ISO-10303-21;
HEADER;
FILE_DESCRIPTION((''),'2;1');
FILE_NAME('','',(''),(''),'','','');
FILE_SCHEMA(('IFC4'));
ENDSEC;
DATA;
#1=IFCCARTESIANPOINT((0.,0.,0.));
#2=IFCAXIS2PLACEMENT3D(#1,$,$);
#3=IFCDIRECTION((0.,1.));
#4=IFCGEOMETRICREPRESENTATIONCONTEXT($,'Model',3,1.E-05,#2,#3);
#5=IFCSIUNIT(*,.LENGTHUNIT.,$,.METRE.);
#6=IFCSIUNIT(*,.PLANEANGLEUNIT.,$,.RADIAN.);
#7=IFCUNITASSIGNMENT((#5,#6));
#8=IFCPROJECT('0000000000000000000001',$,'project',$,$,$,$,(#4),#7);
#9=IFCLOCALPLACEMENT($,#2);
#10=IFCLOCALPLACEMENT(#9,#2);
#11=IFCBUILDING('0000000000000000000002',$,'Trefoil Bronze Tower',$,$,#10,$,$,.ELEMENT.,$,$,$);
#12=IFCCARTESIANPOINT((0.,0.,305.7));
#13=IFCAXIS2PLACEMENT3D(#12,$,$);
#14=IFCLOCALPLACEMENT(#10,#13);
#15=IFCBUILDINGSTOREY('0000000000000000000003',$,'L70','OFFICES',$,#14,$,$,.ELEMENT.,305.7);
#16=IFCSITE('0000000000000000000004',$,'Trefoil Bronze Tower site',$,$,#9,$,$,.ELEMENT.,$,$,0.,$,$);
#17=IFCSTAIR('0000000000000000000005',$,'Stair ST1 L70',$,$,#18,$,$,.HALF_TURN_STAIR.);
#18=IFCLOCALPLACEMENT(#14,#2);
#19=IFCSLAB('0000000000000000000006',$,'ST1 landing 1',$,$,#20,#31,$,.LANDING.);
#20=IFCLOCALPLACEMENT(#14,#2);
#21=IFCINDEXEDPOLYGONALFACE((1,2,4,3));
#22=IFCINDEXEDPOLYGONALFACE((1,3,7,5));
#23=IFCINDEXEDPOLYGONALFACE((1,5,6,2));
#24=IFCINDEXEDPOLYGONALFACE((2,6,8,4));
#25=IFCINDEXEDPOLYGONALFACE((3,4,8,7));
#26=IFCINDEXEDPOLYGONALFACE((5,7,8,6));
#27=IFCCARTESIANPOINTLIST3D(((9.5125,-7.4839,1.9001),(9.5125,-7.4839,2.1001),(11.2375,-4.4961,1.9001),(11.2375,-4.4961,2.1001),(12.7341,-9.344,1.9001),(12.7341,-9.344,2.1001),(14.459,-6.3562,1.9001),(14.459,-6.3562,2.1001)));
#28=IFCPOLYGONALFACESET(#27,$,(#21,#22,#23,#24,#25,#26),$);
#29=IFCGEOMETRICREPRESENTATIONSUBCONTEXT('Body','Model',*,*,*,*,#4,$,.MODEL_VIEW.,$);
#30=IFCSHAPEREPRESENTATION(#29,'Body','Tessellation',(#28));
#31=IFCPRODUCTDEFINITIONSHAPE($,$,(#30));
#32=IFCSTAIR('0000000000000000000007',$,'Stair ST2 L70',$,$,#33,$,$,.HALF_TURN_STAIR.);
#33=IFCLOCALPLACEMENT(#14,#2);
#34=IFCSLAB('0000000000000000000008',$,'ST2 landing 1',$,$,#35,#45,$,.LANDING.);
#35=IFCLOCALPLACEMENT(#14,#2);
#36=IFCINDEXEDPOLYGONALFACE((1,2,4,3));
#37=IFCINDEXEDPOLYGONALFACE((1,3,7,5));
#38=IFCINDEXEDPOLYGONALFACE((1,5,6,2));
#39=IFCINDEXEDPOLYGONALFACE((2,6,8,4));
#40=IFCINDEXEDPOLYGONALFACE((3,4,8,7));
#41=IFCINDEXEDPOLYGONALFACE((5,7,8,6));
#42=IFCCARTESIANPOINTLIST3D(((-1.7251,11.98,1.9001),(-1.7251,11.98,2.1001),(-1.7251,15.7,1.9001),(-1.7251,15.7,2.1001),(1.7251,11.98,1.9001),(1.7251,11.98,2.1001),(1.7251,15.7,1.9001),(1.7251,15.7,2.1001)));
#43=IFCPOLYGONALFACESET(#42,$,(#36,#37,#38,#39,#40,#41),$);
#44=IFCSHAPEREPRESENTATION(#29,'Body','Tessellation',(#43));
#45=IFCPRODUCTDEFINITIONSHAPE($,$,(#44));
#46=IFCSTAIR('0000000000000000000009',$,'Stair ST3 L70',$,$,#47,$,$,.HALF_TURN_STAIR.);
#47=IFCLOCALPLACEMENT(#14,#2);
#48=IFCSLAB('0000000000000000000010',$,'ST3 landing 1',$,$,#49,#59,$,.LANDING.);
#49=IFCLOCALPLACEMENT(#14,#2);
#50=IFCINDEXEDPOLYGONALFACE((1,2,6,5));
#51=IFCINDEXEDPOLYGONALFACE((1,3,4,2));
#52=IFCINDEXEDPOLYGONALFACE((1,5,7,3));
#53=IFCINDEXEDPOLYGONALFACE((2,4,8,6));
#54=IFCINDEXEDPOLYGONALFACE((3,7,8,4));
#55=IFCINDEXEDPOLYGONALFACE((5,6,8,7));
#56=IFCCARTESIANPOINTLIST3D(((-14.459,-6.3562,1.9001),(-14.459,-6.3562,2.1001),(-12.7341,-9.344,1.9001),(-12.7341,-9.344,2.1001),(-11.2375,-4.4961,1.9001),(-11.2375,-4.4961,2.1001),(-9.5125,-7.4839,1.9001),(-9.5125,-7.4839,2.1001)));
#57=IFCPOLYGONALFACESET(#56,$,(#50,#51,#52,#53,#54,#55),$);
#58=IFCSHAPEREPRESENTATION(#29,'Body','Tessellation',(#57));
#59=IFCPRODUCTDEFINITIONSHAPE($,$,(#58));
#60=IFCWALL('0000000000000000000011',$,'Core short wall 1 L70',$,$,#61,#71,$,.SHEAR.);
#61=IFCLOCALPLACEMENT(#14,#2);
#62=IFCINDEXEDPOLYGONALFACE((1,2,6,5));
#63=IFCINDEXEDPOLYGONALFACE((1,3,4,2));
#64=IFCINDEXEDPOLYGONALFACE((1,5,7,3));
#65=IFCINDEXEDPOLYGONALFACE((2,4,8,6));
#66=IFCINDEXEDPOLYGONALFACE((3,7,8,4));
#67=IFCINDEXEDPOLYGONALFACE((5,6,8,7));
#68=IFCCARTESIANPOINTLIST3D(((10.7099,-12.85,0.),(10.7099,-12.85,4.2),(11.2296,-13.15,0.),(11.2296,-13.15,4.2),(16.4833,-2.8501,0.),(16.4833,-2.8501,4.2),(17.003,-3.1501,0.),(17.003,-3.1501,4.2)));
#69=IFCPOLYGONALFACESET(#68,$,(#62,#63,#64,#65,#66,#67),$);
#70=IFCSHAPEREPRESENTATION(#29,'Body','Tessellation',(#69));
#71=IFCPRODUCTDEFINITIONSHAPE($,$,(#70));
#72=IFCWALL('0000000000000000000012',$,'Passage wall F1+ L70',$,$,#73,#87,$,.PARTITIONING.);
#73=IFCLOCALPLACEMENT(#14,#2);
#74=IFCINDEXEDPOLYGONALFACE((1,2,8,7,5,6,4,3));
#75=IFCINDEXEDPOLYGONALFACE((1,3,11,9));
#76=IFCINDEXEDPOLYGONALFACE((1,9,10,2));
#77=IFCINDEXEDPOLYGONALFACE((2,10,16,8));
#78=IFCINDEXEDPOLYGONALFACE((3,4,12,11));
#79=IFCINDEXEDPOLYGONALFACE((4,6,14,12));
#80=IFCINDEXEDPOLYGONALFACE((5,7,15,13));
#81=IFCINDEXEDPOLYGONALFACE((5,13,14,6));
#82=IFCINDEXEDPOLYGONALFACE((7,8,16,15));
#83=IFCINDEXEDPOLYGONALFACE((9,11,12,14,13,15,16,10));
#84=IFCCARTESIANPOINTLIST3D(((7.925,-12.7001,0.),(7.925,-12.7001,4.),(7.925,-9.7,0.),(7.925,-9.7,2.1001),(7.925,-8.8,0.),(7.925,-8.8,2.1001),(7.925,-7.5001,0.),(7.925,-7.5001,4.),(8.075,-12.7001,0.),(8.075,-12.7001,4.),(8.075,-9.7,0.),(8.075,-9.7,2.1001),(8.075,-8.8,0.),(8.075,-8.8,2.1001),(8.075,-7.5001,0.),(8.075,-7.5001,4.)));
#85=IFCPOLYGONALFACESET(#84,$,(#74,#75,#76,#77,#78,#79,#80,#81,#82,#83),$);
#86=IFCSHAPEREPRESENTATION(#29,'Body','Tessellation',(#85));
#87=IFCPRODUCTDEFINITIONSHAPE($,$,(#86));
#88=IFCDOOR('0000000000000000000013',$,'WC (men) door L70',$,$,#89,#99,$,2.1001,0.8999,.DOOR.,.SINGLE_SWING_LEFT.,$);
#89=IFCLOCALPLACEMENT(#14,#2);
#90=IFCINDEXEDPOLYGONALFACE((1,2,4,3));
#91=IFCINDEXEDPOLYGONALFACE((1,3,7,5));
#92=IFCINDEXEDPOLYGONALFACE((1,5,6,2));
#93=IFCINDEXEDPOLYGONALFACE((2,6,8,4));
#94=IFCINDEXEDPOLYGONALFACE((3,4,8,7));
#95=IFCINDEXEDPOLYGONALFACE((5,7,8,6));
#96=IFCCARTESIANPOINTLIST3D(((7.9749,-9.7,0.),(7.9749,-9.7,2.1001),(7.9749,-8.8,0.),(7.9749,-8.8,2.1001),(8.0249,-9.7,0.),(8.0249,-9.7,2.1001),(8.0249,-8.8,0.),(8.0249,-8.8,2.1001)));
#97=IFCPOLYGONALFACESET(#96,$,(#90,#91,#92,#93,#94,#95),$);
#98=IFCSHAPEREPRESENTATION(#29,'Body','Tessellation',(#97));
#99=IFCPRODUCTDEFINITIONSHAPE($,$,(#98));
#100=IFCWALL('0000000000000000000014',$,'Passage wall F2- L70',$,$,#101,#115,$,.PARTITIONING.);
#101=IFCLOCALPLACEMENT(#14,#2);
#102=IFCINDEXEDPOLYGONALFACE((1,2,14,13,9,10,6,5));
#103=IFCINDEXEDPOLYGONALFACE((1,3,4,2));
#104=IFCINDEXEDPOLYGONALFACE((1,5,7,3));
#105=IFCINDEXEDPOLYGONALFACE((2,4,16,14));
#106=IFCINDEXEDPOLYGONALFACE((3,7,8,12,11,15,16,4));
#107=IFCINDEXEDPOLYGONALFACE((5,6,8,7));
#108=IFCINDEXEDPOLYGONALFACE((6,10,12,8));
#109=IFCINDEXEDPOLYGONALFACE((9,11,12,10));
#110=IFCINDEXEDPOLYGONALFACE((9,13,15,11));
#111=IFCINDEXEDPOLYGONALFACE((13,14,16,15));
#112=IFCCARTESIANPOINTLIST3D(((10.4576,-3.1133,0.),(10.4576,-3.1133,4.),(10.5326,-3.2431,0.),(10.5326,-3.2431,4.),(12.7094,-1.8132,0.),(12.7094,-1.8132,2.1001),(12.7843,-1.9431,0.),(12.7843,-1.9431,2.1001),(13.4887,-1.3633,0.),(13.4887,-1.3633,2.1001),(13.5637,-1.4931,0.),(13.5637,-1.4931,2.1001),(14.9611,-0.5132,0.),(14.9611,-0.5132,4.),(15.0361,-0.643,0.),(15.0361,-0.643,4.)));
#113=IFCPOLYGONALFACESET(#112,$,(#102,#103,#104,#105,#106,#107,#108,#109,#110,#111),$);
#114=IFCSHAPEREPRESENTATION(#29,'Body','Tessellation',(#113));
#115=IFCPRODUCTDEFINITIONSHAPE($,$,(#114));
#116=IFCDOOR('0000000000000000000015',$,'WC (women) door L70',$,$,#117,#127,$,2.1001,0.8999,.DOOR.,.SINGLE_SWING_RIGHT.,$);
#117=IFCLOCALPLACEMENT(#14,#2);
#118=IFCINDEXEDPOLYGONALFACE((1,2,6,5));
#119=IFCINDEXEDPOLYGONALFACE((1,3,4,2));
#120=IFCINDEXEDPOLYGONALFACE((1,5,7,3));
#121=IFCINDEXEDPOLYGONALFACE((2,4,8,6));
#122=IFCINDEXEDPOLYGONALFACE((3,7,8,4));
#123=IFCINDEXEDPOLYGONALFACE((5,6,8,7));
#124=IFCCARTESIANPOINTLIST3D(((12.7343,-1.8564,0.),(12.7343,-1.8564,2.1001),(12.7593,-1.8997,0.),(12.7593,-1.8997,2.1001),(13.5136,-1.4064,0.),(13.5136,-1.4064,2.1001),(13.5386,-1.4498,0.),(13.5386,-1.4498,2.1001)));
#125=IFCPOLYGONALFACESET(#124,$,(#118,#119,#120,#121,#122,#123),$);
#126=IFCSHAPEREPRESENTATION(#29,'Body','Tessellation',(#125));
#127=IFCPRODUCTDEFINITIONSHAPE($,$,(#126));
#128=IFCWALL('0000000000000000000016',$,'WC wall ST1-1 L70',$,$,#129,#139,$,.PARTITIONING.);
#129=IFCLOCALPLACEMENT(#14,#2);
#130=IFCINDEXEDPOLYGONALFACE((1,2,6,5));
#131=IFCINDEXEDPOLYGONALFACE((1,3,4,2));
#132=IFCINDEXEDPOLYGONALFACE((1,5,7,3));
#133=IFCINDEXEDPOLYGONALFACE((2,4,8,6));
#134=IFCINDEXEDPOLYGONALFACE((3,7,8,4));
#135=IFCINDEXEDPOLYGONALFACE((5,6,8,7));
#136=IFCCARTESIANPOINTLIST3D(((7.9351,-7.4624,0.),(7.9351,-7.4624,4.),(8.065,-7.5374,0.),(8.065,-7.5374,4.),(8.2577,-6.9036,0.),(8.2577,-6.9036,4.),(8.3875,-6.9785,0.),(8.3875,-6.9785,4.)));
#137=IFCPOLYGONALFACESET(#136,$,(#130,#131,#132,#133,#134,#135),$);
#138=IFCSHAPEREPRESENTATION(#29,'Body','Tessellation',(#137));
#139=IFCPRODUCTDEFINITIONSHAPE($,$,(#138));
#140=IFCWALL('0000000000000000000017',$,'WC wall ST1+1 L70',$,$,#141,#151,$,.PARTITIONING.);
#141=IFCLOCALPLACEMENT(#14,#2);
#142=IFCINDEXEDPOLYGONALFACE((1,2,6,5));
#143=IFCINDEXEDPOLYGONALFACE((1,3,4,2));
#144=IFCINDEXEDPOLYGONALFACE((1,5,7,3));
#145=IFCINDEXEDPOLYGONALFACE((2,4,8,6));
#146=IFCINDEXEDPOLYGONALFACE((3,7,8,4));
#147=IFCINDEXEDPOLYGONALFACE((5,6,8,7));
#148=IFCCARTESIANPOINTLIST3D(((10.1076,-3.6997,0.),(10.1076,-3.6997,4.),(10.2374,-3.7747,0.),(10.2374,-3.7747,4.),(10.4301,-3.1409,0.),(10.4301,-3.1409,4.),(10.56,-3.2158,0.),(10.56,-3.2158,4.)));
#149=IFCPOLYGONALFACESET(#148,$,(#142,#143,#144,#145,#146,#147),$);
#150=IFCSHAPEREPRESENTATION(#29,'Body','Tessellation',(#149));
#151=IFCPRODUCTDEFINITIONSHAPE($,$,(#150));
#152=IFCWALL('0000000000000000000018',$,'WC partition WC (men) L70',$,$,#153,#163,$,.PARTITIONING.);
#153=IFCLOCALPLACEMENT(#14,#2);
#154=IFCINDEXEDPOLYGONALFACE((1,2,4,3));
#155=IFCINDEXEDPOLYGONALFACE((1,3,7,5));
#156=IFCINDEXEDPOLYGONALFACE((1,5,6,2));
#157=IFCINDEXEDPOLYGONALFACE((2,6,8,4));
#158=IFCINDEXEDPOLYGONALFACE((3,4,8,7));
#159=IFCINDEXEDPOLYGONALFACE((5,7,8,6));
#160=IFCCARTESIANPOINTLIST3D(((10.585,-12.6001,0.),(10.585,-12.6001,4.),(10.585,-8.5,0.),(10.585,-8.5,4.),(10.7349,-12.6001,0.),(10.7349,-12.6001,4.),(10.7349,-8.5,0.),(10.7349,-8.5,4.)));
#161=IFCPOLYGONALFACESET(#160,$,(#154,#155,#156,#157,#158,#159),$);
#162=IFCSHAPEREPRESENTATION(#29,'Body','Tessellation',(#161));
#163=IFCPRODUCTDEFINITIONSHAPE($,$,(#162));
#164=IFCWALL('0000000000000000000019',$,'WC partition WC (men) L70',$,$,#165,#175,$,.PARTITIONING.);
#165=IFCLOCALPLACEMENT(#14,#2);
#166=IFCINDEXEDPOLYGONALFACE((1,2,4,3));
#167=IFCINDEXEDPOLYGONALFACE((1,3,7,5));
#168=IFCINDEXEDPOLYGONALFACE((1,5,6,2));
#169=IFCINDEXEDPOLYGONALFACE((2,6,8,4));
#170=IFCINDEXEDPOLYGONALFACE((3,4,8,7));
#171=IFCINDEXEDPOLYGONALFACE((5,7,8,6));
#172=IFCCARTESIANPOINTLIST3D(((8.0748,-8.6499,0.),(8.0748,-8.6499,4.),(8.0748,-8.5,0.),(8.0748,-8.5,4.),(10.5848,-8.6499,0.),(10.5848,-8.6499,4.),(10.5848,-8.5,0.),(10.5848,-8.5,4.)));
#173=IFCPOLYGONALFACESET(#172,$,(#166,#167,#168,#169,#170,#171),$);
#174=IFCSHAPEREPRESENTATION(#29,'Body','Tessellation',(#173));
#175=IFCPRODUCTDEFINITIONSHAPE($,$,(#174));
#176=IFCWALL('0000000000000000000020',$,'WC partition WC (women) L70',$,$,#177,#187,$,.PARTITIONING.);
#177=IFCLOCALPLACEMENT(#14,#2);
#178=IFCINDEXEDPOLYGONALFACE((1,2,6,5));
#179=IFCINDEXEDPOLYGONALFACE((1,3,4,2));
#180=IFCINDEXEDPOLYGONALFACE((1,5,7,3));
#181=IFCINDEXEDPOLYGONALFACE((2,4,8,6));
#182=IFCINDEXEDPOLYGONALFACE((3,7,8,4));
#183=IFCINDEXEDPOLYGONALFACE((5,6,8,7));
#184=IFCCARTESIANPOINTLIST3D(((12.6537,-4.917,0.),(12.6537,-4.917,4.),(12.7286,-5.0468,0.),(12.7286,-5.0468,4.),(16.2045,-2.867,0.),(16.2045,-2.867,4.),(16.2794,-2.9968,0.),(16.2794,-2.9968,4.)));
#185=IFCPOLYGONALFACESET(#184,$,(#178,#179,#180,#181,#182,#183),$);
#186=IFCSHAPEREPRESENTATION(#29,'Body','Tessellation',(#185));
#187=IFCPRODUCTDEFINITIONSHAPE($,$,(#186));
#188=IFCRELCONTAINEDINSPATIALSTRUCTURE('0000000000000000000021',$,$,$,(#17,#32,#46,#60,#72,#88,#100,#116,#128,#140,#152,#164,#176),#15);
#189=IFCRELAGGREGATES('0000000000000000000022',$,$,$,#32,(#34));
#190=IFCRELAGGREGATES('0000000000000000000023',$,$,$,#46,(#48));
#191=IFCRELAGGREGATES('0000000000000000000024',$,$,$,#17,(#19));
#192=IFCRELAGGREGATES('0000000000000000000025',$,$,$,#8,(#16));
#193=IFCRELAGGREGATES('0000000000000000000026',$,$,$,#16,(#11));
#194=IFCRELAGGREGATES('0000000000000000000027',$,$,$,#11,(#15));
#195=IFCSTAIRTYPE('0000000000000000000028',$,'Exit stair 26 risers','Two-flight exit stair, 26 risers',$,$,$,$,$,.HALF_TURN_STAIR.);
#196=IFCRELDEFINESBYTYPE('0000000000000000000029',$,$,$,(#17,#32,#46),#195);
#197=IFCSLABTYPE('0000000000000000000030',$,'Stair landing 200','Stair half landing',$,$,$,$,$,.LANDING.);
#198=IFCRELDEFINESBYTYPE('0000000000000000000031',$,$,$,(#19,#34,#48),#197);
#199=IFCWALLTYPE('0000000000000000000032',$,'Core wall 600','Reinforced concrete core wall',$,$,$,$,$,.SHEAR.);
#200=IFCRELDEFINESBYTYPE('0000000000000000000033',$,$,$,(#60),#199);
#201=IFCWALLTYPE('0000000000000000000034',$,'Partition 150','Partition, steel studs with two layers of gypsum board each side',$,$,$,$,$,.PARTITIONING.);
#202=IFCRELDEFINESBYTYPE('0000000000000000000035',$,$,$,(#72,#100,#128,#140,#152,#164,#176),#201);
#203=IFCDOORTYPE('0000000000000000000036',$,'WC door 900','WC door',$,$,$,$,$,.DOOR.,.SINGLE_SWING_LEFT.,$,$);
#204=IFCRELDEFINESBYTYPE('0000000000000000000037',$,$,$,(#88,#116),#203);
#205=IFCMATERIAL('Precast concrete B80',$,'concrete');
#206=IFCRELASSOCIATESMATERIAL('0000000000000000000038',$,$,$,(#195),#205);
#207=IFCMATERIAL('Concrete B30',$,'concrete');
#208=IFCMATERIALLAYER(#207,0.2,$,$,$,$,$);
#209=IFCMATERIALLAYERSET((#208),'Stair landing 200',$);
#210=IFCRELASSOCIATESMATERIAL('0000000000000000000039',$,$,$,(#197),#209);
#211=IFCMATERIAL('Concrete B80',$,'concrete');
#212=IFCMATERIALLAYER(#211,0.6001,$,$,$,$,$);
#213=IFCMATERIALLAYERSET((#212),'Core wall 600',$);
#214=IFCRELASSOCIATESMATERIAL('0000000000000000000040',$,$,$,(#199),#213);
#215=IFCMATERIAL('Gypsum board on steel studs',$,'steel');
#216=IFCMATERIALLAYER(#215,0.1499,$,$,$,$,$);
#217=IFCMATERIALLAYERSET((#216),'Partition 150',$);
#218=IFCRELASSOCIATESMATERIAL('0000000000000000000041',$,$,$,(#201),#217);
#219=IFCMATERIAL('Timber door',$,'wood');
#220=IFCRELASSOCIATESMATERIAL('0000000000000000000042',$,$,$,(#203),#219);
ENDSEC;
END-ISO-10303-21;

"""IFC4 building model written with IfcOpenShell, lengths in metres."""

from ifc_helpers import new_model, si_unit, direction, frame, frame_2d, origin, place, context, subcontext, project, spatial, polyline, rectangle, outline, extrude, material, layer, layer_set, type_object, element, fill, aggregate, save


model = new_model("IFC4")

# Units and contexts
model_context = context("Model", 3, precision=1e-05, world=origin(), true_north=direction((0.0, 1.0)))
body_context = subcontext(model_context, "Body", "Model", "MODEL_VIEW")
ifc_project = project(units=[si_unit("LENGTHUNIT", "METRE"), si_unit("PLANEANGLEUNIT", "RADIAN")], contexts=[model_context])

# Site, building, storey
site_placement = place(None, origin())
site = spatial("IfcSite", under=ifc_project, at=site_placement, Name="Trefoil Bronze Tower site", CompositionType="ELEMENT", RefElevation=0.0)
building_placement = place(site_placement, origin())
building = spatial("IfcBuilding", under=site, at=building_placement, Name="Trefoil Bronze Tower", CompositionType="ELEMENT")
storey_placement = place(building_placement, frame((0.0, 0.0, 305.7)))
storey = spatial("IfcBuildingStorey", under=building, at=storey_placement, Name="L70", Description="OFFICES", CompositionType="ELEMENT", Elevation=305.7)

# Stairs, slabs
ifc_material_1 = material(Name="Precast concrete B80", Category="concrete")
stair_type = type_object("IfcStairType", Name="Exit stair 26 risers", Description="Two-flight exit stair, 26 risers", PredefinedType="HALF_TURN_STAIR", material=ifc_material_1)
stair_1_placement = place(storey_placement, origin())
stair_1 = element("IfcStair", 1, at=stair_1_placement, inside=storey, type_object=stair_type, Name="Stair ST1 L70", PredefinedType="HALF_TURN_STAIR")
ifc_material_2 = material(Name="Concrete B30", Category="concrete")
ifc_layer_1 = layer(ifc_material_2, 0.2)
ifc_layer_set_1 = layer_set([ifc_layer_1], Name="Stair landing 200")
slab_type = type_object("IfcSlabType", Name="Stair landing 200", Description="Stair half landing", PredefinedType="LANDING", material=ifc_layer_set_1)
slab_1_placement = place(storey_placement, frame((0.0, 0.0, 1.9001)))
slab_1 = element("IfcSlab", 2, at=slab_1_placement, type_object=slab_type, Name="ST1 landing 1", PredefinedType="LANDING", context=body_context, shape_type="SweptSolid", body=[
    extrude(outline(polyline([(9.5125, -7.4839), (12.7341, -9.344), (14.459, -6.3562), (11.2375, -4.4961), (9.5125, -7.4839)])), origin(), (0.0, 0.0, 1.0), 0.2),
])
stair_2_placement = place(storey_placement, origin())
stair_2 = element("IfcStair", 3, at=stair_2_placement, inside=storey, type_object=stair_type, Name="Stair ST2 L70", PredefinedType="HALF_TURN_STAIR")
slab_2_placement = place(storey_placement, frame((0.0, 0.0, 1.9001)))
slab_2 = element("IfcSlab", 4, at=slab_2_placement, type_object=slab_type, Name="ST2 landing 1", PredefinedType="LANDING", context=body_context, shape_type="SweptSolid", body=[
    extrude(outline(polyline([(1.7251, 11.98), (1.7251, 15.7), (-1.7251, 15.7), (-1.7251, 11.98), (1.7251, 11.98)])), origin(), (0.0, 0.0, 1.0), 0.2),
])
aggregate(stair_2, [slab_2])
stair_3_placement = place(storey_placement, origin())
stair_3 = element("IfcStair", 5, at=stair_3_placement, inside=storey, type_object=stair_type, Name="Stair ST3 L70", PredefinedType="HALF_TURN_STAIR")
slab_3_placement = place(storey_placement, frame((0.0, 0.0, 1.9001)))
slab_3 = element("IfcSlab", 6, at=slab_3_placement, type_object=slab_type, Name="ST3 landing 1", PredefinedType="LANDING", context=body_context, shape_type="SweptSolid", body=[
    extrude(outline(polyline([(-11.2375, -4.4961), (-14.459, -6.3562), (-12.7341, -9.344), (-9.5125, -7.4839), (-11.2375, -4.4961)])), origin(), (0.0, 0.0, 1.0), 0.2),
])
aggregate(stair_3, [slab_3])

# Wall
ifc_material_3 = material(Name="Concrete B80", Category="concrete")
ifc_layer_2 = layer(ifc_material_3, 0.6001)
ifc_layer_set_2 = layer_set([ifc_layer_2], Name="Core wall 600")
wall_type_1 = type_object("IfcWallType", Name="Core wall 600", Description="Reinforced concrete core wall", PredefinedType="SHEAR", material=ifc_layer_set_2)
wall_1_placement = place(storey_placement, frame((10.9697, -13.0, 0.0), z_axis=(0.0, 0.0, 1.0), x_axis=(0.499996, 0.866028, 0.0)))
element("IfcWall", 7, at=wall_1_placement, inside=storey, type_object=wall_type_1, Name="Core short wall 1 L70", PredefinedType="SHEAR", context=body_context, shape_type="SweptSolid", body=[
    extrude(rectangle(XDim=11.5469, YDim=0.6001, at=frame_2d((5.7734, 0.0))), origin(), (0.0, 0.0, 1.0), 4.2),
])

# Walls, openings, doors
ifc_material_4 = material(Name="Gypsum board on steel studs", Category="steel")
ifc_layer_3 = layer(ifc_material_4, 0.1499)
ifc_layer_set_3 = layer_set([ifc_layer_3], Name="Partition 150")
wall_type_2 = type_object("IfcWallType", Name="Partition 150", Description="Partition, steel studs with two layers of gypsum board each side", PredefinedType="PARTITIONING", material=ifc_layer_set_3)
wall_2_placement = place(storey_placement, frame((8.0, -7.5, 0.0), z_axis=(0.0, 0.0, 1.0), x_axis=(0.0, -1.0, 0.0)))
wall_2 = element("IfcWall", 8, at=wall_2_placement, inside=storey, type_object=wall_type_2, Name="Passage wall F1+ L70", PredefinedType="PARTITIONING", context=body_context, shape_type="SweptSolid", body=[
    extrude(rectangle(XDim=5.2, YDim=0.1499, at=frame_2d((2.6001, 0.0))), origin(), (0.0, 0.0, 1.0), 4.0),
])
opening_1_placement = place(wall_2_placement, frame((1.3, 0.0, 0.0)))
opening_1 = element("IfcOpeningElement", 9, at=opening_1_placement, cuts=wall_2, PredefinedType="OPENING", context=body_context, shape_type="SweptSolid", body=[
    extrude(rectangle(XDim=0.8999, YDim=2.1001, at=frame_2d((0.45, 1.05))), frame((0.0, 0.085, 0.0), z_axis=(0.0, -1.0, 0.0), x_axis=(1.0, 0.0, 0.0)), (0.0, 0.0, 1.0), 0.1699),
])
ifc_material_5 = material(Name="Timber door", Category="wood")
door_type_1 = type_object("IfcDoorType", Name="WC door 900", Description="WC door", OperationType="SINGLE_SWING_LEFT", PredefinedType="DOOR", material=ifc_material_5)
door_1_placement = place(opening_1_placement, origin())
door_1 = element("IfcDoor", 10, at=door_1_placement, inside=storey, type_object=door_type_1, Name="WC (men) door L70", OperationType="SINGLE_SWING_LEFT", OverallHeight=2.1001, OverallWidth=0.8999, PredefinedType="DOOR", context=body_context, shape_type="SweptSolid", body=[
    extrude(rectangle(XDim=0.8999, YDim=2.1001, at=frame_2d((0.45, 1.05))), frame((0.0, 0.0249, 0.0), z_axis=(0.0, -1.0, 0.0), x_axis=(1.0, 0.0, 0.0)), (0.0, 0.0, 1.0), 0.05),
])
fill(opening_1, door_1)
wall_3_placement = place(storey_placement, frame((10.4951, -3.1782, 0.0), z_axis=(0.0, 0.0, 1.0), x_axis=(0.866021, 0.500007, 0.0)))
wall_3 = element("IfcWall", 11, at=wall_3_placement, inside=storey, type_object=wall_type_2, Name="Passage wall F2- L70", PredefinedType="PARTITIONING", context=body_context, shape_type="SweptSolid", body=[
    extrude(rectangle(XDim=5.2002, YDim=0.1499, at=frame_2d((2.6001, 0.0))), origin(), (0.0, 0.0, 1.0), 4.0),
])
opening_2_placement = place(wall_3_placement, frame((2.6001, 0.0, 0.0)))
opening_2 = element("IfcOpeningElement", 12, at=opening_2_placement, cuts=wall_3, PredefinedType="OPENING", context=body_context, shape_type="SweptSolid", body=[
    extrude(rectangle(XDim=0.8999, YDim=2.1001, at=frame_2d((0.45, 1.05))), frame((0.0, 0.085, 0.0), z_axis=(0.0, -1.0, 0.0), x_axis=(1.0, 0.0, 0.0)), (0.0, 0.0, 1.0), 0.1699),
])
door_2_placement = place(opening_2_placement, frame((0.8999, 0.0, 0.0), z_axis=(0.0, 0.0, 1.0), x_axis=(-1.0, 0.0, 0.0)))
door_2 = element("IfcDoor", 13, at=door_2_placement, inside=storey, type_object=door_type_1, Name="WC (women) door L70", OperationType="SINGLE_SWING_RIGHT", OverallHeight=2.1001, OverallWidth=0.8999, PredefinedType="DOOR", context=body_context, shape_type="SweptSolid", body=[
    extrude(rectangle(XDim=0.8999, YDim=2.1001, at=frame_2d((0.45, 1.05))), frame((0.0, 0.0249, 0.0), z_axis=(0.0, -1.0, 0.0), x_axis=(1.0, 0.0, 0.0)), (0.0, 0.0, 1.0), 0.05),
])
fill(opening_2, door_2)

# Walls
for number, where, z_axis, x_axis, name in (
    (14, (8.0, -7.5, 0.0), (0.0, 0.0, 1.0), (0.499843, 0.866116, 0.0), "WC wall ST1-1 L70"),
    (15, (10.4951, -3.1782, 0.0), (0.0, 0.0, 1.0), (-0.499843, -0.866116, 0.0), "WC wall ST1+1 L70"),
):
    element("IfcWall", number, at=place(storey_placement, frame(where, z_axis=z_axis, x_axis=x_axis)), inside=storey, type_object=wall_type_2, Name=name, PredefinedType="PARTITIONING", context=body_context, shape_type="SweptSolid", body=[
        extrude(rectangle(XDim=0.6453, YDim=0.1499, at=frame_2d((0.3228, 0.0))), origin(), (0.0, 0.0, 1.0), 4.0),
    ])
wall_4_placement = place(storey_placement, frame((10.6599, -8.5, 0.0), z_axis=(0.0, 0.0, 1.0), x_axis=(0.0, -1.0, 0.0)))
element("IfcWall", 16, at=wall_4_placement, inside=storey, type_object=wall_type_2, Name="WC partition WC (men) L70", PredefinedType="PARTITIONING", context=body_context, shape_type="SweptSolid", body=[
    extrude(rectangle(XDim=4.1001, YDim=0.1499, at=frame_2d((2.05, 0.0))), origin(), (0.0, 0.0, 1.0), 4.0),
])
wall_5_placement = place(storey_placement, frame((8.075, -8.575, 0.0), z_axis=(0.0, 0.0, 1.0), x_axis=(1.0, 0.0, 0.0)))
element("IfcWall", 17, at=wall_5_placement, inside=storey, type_object=wall_type_2, Name="WC partition WC (men) L70", PredefinedType="PARTITIONING", context=body_context, shape_type="SweptSolid", body=[
    extrude(rectangle(XDim=2.51, YDim=0.1499, at=frame_2d((1.2549, 0.0))), origin(), (0.0, 0.0, 1.0), 4.0),
])
wall_6_placement = place(storey_placement, frame((12.6912, -4.9819, 0.0), z_axis=(0.0, 0.0, 1.0), x_axis=(0.866025, 0.500001, 0.0)))
element("IfcWall", 18, at=wall_6_placement, inside=storey, type_object=wall_type_2, Name="WC partition WC (women) L70", PredefinedType="PARTITIONING", context=body_context, shape_type="SweptSolid", body=[
    extrude(rectangle(XDim=4.1001, YDim=0.1499, at=frame_2d((2.05, 0.0))), origin(), (0.0, 0.0, 1.0), 4.0),
])

aggregate(stair_1, [slab_1])

save(model, "model.ifc")
